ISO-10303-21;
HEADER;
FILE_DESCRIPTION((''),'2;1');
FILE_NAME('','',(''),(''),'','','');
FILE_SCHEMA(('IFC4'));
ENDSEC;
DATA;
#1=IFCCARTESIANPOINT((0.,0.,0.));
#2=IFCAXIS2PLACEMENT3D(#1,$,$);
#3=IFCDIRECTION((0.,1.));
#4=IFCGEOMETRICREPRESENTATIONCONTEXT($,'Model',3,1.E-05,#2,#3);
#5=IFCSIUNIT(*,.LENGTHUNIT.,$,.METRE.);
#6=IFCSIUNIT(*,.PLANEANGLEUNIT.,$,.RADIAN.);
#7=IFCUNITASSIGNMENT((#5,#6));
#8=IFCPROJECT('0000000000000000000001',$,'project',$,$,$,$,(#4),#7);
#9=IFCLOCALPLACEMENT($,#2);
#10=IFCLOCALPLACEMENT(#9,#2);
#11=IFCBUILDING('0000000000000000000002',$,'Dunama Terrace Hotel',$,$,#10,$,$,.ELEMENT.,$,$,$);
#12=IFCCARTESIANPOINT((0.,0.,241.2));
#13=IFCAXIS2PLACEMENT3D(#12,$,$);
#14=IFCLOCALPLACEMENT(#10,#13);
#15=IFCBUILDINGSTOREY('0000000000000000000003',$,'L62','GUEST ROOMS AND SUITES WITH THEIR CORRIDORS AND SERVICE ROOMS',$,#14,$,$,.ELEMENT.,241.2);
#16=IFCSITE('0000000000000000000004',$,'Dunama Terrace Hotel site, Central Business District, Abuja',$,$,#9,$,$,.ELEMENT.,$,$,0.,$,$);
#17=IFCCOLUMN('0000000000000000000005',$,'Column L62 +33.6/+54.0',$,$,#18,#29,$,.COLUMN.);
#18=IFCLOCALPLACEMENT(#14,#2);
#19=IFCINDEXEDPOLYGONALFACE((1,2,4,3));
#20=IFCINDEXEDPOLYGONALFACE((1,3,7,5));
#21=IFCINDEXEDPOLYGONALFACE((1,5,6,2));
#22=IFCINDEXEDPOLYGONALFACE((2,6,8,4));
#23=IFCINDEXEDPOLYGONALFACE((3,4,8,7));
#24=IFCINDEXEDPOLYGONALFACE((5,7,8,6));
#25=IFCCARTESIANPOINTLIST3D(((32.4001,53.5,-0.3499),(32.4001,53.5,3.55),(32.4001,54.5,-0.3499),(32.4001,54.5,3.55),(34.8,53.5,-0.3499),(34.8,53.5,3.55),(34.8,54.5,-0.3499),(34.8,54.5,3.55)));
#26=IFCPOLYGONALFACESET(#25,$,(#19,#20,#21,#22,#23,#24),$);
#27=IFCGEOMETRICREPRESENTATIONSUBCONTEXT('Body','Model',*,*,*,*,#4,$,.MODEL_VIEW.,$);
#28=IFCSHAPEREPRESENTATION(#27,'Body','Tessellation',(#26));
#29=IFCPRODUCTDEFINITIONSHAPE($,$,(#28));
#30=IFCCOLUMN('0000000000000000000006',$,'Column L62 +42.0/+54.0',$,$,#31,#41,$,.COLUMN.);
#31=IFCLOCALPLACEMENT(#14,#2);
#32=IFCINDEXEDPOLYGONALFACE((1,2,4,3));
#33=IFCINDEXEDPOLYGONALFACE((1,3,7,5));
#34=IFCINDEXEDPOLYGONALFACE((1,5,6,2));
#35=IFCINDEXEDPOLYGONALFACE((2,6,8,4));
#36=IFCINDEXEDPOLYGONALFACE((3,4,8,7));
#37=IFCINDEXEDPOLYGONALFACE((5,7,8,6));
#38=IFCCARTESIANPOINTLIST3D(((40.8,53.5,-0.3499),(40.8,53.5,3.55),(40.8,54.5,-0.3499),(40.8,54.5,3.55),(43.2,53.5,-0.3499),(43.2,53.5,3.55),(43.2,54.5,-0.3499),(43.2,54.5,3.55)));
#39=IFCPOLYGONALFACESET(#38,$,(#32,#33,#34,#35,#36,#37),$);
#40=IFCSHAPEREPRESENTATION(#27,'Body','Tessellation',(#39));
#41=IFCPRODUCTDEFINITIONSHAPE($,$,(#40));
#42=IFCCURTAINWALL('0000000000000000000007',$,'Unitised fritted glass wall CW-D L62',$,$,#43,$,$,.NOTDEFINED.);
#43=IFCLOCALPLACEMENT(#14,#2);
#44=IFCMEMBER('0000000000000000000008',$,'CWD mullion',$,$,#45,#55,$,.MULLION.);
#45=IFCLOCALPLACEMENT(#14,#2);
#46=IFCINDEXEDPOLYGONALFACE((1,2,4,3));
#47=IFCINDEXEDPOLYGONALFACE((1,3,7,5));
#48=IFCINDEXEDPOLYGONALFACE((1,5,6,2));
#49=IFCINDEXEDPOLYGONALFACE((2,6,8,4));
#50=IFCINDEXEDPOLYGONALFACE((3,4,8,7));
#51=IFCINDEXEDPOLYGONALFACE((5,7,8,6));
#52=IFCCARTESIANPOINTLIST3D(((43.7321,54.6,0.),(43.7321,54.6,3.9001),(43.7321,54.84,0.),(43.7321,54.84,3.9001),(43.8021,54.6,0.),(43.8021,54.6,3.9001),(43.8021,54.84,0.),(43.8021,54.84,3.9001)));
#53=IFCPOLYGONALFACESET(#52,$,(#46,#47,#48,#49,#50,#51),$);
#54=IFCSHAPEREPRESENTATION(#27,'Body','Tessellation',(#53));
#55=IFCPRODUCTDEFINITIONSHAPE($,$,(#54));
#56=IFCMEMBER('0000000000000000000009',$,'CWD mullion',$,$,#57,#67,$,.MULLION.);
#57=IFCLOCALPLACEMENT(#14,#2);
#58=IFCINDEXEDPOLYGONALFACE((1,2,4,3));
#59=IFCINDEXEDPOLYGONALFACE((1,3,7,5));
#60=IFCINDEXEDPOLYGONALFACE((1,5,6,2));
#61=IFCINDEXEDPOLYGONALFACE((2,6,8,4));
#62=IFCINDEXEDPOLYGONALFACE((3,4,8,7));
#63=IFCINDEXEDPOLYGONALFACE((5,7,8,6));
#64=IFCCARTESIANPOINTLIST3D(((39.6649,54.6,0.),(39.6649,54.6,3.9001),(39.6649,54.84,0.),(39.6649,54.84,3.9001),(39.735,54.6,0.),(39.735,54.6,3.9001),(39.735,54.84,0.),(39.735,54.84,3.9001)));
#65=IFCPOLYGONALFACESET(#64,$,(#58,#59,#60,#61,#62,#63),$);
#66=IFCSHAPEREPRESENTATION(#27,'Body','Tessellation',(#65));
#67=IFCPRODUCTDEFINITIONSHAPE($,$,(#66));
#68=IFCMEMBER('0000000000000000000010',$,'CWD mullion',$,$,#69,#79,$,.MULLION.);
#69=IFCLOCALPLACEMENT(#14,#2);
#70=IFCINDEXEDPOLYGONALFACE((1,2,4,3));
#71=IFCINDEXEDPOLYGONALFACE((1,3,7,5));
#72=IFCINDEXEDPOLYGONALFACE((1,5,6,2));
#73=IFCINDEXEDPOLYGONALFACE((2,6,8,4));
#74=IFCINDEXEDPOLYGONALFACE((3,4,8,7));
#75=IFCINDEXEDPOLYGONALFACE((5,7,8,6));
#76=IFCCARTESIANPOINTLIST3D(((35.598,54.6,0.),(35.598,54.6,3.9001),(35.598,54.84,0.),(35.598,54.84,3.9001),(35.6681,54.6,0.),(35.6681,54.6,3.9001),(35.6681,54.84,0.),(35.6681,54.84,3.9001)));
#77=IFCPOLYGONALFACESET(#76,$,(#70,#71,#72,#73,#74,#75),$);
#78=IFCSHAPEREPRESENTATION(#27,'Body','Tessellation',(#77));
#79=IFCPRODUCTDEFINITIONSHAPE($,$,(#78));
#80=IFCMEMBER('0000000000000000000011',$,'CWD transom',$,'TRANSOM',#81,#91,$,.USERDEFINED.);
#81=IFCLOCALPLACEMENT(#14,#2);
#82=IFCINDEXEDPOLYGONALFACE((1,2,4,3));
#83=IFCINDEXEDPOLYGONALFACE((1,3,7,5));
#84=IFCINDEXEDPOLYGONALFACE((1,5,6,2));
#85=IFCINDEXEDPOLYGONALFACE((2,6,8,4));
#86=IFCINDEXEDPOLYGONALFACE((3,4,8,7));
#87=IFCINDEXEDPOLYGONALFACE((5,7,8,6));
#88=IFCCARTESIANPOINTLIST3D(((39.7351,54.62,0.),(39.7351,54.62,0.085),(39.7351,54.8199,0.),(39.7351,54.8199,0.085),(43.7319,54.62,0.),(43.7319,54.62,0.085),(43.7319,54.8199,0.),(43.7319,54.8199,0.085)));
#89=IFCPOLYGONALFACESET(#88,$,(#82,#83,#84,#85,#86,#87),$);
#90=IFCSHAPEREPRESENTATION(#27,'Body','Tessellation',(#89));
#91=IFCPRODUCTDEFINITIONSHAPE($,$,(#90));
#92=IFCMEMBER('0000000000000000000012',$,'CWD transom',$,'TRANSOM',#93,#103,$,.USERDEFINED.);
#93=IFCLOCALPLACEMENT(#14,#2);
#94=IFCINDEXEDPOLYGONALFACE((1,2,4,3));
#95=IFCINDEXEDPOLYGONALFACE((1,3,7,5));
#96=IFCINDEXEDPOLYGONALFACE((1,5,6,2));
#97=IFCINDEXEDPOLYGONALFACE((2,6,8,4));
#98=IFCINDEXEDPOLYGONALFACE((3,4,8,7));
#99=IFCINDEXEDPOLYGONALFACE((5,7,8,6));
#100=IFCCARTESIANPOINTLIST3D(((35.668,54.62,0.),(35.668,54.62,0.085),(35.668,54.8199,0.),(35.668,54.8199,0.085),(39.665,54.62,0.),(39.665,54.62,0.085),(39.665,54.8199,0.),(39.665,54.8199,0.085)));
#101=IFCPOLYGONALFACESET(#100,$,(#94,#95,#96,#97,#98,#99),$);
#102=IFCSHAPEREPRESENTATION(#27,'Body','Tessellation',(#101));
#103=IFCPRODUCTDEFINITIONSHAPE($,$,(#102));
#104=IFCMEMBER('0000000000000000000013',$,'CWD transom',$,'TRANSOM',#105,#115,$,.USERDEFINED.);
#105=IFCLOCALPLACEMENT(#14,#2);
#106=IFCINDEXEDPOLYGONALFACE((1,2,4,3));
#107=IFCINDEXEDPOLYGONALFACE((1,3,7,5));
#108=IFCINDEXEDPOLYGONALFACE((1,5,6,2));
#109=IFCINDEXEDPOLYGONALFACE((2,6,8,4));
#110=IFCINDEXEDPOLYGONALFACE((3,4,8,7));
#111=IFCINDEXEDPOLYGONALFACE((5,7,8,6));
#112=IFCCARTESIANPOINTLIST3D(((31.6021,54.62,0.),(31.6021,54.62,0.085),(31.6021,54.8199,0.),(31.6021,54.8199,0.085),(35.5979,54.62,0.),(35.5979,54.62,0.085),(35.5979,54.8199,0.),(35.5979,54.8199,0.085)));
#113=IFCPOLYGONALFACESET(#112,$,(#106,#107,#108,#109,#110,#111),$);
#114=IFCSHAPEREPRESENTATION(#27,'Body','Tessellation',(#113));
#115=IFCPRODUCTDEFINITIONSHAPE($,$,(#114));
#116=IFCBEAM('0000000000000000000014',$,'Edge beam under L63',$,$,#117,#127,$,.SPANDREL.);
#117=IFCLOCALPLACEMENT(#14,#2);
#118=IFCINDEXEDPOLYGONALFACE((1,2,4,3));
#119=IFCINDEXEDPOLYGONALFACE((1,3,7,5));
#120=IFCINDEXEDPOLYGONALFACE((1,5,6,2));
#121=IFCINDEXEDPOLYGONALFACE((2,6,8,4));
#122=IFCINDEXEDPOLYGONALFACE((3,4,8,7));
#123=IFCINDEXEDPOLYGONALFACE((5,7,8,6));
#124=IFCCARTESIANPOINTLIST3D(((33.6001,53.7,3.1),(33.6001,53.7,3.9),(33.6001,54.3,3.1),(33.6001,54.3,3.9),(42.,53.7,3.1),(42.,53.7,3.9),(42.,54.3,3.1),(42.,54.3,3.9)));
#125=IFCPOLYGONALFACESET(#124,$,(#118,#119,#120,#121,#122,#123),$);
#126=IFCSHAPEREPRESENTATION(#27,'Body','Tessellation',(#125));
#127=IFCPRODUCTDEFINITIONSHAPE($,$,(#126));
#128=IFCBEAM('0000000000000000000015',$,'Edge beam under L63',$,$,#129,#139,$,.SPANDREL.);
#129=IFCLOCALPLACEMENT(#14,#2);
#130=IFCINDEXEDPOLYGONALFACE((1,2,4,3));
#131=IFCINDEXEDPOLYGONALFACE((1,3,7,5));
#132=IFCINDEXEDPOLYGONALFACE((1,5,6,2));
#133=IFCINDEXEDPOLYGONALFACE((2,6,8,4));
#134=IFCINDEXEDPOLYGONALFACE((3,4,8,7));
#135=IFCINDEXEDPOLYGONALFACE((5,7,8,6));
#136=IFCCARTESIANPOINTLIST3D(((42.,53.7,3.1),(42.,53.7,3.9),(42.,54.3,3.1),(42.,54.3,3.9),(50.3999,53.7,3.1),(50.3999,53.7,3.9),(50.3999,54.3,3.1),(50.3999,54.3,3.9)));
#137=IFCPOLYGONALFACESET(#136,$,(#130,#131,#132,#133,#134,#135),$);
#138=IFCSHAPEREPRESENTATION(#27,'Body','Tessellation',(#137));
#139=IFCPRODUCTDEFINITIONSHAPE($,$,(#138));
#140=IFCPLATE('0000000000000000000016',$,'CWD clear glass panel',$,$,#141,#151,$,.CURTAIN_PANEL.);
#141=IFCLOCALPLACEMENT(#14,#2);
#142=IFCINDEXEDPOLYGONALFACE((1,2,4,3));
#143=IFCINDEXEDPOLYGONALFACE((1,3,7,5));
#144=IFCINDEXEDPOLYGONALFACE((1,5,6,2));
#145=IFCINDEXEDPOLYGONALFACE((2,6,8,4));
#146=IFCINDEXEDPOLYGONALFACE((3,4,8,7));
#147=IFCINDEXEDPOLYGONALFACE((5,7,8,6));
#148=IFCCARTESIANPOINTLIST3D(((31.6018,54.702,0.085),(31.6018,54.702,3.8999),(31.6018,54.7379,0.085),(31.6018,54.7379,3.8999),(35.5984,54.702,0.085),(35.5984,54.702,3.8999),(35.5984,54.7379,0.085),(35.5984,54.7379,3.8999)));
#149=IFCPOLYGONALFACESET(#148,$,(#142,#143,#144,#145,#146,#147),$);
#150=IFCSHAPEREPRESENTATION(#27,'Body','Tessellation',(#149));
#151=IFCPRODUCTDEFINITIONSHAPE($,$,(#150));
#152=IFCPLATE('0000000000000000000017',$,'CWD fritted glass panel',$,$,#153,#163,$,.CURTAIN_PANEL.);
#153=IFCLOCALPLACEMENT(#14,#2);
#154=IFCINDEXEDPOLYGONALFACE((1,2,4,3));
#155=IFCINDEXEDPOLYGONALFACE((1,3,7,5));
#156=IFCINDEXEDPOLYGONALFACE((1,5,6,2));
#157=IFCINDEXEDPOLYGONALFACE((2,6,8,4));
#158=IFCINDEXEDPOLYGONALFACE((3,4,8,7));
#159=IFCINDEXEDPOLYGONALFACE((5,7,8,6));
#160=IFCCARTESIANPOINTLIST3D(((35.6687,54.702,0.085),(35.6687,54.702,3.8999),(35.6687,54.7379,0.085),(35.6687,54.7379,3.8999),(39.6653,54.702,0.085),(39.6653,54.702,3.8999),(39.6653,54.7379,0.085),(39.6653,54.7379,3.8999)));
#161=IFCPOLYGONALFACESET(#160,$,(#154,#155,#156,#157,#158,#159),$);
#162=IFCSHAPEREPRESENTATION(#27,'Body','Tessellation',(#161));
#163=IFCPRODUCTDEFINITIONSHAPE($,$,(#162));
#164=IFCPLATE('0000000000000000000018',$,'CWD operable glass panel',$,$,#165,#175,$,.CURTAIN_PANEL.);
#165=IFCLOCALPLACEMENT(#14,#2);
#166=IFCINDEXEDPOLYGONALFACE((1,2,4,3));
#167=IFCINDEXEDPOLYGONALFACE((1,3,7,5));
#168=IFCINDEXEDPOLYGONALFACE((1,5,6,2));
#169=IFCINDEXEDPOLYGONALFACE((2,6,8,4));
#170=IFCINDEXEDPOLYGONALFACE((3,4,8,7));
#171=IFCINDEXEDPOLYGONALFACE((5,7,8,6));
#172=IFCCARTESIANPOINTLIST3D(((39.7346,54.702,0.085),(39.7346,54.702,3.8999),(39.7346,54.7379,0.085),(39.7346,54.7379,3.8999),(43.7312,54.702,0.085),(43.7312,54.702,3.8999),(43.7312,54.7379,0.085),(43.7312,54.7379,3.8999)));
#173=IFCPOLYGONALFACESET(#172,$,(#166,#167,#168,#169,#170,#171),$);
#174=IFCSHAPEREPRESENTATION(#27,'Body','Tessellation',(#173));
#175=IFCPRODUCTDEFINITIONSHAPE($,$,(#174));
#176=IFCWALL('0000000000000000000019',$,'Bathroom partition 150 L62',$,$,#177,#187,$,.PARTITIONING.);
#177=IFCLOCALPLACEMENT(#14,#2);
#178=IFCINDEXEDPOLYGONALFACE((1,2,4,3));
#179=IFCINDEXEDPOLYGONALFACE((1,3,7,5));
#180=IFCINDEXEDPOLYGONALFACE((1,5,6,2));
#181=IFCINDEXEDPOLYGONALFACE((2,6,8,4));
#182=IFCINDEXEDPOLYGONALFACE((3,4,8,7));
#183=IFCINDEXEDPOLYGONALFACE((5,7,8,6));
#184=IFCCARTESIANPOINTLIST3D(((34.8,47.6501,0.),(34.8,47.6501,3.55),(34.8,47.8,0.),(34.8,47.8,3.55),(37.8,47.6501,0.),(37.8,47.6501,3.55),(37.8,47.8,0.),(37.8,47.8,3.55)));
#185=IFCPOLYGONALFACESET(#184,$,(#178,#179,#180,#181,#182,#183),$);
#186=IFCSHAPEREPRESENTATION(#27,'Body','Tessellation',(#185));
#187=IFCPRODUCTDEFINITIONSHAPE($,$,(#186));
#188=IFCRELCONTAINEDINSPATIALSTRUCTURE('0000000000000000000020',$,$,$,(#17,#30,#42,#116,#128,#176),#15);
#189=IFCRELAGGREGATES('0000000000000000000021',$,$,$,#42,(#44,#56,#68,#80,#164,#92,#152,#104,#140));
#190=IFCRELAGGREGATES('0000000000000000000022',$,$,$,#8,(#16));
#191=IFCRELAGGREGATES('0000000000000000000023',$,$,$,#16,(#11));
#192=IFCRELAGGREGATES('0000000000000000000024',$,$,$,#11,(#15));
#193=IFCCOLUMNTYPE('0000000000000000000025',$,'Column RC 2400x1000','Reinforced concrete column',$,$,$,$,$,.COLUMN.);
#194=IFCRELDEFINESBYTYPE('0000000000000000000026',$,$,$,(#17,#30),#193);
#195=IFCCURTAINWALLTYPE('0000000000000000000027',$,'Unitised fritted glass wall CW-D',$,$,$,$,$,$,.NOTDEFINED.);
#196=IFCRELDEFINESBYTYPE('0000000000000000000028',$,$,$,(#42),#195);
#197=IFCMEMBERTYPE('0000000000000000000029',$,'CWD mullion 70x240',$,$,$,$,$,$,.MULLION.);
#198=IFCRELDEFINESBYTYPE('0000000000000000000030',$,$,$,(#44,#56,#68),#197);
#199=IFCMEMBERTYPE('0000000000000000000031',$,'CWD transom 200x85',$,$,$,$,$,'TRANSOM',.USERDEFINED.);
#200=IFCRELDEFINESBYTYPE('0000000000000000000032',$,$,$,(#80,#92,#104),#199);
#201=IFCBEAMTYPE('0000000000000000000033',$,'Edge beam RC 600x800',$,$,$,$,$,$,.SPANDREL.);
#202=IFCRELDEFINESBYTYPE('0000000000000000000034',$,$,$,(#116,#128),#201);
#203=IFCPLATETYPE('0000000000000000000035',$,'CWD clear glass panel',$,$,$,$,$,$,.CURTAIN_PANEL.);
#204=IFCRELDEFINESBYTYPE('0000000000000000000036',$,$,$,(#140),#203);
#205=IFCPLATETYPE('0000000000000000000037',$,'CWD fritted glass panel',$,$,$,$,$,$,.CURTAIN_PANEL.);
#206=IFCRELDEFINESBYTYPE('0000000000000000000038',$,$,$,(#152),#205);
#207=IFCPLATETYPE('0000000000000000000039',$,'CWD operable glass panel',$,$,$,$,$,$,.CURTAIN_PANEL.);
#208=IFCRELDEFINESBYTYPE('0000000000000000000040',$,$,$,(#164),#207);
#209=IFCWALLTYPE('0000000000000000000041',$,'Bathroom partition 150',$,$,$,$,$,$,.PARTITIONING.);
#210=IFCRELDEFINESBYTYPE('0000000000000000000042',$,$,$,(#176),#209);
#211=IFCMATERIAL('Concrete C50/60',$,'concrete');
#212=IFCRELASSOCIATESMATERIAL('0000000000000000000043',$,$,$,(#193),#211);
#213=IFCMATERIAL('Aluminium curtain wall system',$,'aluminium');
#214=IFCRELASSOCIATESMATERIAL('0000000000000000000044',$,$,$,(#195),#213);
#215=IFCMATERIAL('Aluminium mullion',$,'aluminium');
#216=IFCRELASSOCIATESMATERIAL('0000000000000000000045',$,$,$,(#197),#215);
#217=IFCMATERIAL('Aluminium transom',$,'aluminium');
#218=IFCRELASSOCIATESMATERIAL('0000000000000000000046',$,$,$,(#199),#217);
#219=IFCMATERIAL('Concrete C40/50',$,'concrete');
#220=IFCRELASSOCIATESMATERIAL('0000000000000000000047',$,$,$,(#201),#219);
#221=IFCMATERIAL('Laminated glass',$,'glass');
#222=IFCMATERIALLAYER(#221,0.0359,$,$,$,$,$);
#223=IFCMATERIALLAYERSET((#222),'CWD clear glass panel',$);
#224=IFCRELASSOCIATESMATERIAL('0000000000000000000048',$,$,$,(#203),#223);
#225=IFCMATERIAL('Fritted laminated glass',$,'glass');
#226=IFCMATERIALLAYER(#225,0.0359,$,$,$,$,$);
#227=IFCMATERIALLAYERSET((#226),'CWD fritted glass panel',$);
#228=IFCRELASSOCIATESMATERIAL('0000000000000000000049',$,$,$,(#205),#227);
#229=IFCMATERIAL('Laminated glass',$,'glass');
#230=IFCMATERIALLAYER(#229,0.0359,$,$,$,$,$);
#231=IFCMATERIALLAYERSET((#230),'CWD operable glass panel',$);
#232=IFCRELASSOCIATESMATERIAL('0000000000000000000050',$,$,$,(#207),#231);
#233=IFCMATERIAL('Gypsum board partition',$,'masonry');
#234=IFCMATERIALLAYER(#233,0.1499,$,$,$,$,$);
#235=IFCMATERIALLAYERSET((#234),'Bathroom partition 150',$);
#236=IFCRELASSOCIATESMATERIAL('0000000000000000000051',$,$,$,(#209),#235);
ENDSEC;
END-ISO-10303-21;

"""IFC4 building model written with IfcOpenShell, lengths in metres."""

from ifc_helpers import new_model, si_unit, direction, frame, frame_2d, origin, origin_2d, place, context, subcontext, project, spatial, rectangle, extrude, material, layer, layer_set, material_profile, profile_set, type_object, element, aggregate, save


model = new_model("IFC4")

# Units and contexts
model_context = context("Model", 3, precision=1e-05, world=origin(), true_north=direction((0.0, 1.0)))
body_context = subcontext(model_context, "Body", "Model", "MODEL_VIEW")
ifc_project = project(units=[si_unit("LENGTHUNIT", "METRE"), si_unit("PLANEANGLEUNIT", "RADIAN")], contexts=[model_context])

# Site, building, storey
site_placement = place(None, origin())
site = spatial("IfcSite", under=ifc_project, at=site_placement, Name="Dunama Terrace Hotel site, Central Business District, Abuja", CompositionType="ELEMENT", RefElevation=0.0)
building_placement = place(site_placement, origin())
building = spatial("IfcBuilding", under=site, at=building_placement, Name="Dunama Terrace Hotel", CompositionType="ELEMENT")
storey_placement = place(building_placement, frame((0.0, 0.0, 241.2)))
storey = spatial("IfcBuildingStorey", under=building, at=storey_placement, Name="L62", Description="GUEST ROOMS AND SUITES WITH THEIR CORRIDORS AND SERVICE ROOMS", CompositionType="ELEMENT", Elevation=241.2)

# Columns
ifc_material_1 = material(Name="Concrete C50/60", Category="concrete")
ifc_material_profile_1 = material_profile(ifc_material_1, rectangle(XDim=2.3999, YDim=1.0, at=origin_2d()), Name="RC 2400x1000")
ifc_profile_set_1 = profile_set([ifc_material_profile_1], Name="Concrete C50/60")
column_type = type_object("IfcColumnType", Name="Column RC 2400x1000", Description="Reinforced concrete column", PredefinedType="COLUMN", material=ifc_profile_set_1)
for number, where, z_axis, x_axis, name in (
    (1, (33.6001, 54.0, -0.3499), (0.0, 0.0, 1.0), (1.0, 0.0, 0.0), "Column L62 +33.6/+54.0"),
    (2, (42.0, 54.0, -0.3499), (0.0, 0.0, 1.0), (1.0, 0.0, 0.0), "Column L62 +42.0/+54.0"),
):
    element("IfcColumn", number, at=place(storey_placement, frame(where, z_axis=z_axis, x_axis=x_axis)), inside=storey, type_object=column_type, Name=name, PredefinedType="COLUMN", context=body_context, shape_type="SweptSolid", body=[
        extrude(rectangle(XDim=2.3999, YDim=1.0, at=origin_2d()), origin(), (0.0, 0.0, 1.0), 3.8999),
    ])

# Curtain wall, members
ifc_material_2 = material(Name="Aluminium curtain wall system", Category="aluminium")
curtain_wall_type = type_object("IfcCurtainWallType", Name="Unitised fritted glass wall CW-D", PredefinedType="NOTDEFINED", material=ifc_material_2)
curtain_wall_placement = place(storey_placement, origin())
curtain_wall = element("IfcCurtainWall", 3, at=curtain_wall_placement, inside=storey, type_object=curtain_wall_type, Name="Unitised fritted glass wall CW-D L62", PredefinedType="NOTDEFINED")
ifc_material_3 = material(Name="Aluminium mullion", Category="aluminium")
ifc_material_profile_2 = material_profile(ifc_material_3, rectangle(XDim=0.0701, YDim=0.24, at=origin_2d()), Name="CWD MULLION 70X240")
ifc_profile_set_2 = profile_set([ifc_material_profile_2], Name="Aluminium mullion")
member_type_1 = type_object("IfcMemberType", Name="CWD mullion 70x240", PredefinedType="MULLION", material=ifc_profile_set_2)
member_1_placement = place(storey_placement, frame((43.7671, 54.72, 0.0), z_axis=(0.0, 0.0, 1.0), x_axis=(-1.0, 0.0, 0.0)))
member_1 = element("IfcMember", 4, at=member_1_placement, type_object=member_type_1, Name="CWD mullion", PredefinedType="MULLION", context=body_context, shape_type="SweptSolid", body=[
    extrude(rectangle(XDim=0.0701, YDim=0.24, at=origin_2d()), origin(), (0.0, 0.0, 1.0), 3.9001),
])
member_2_placement = place(storey_placement, frame((39.7, 54.72, 0.0), z_axis=(0.0, 0.0, 1.0), x_axis=(-1.0, 0.0, 0.0)))
member_2 = element("IfcMember", 5, at=member_2_placement, type_object=member_type_1, Name="CWD mullion", PredefinedType="MULLION", context=body_context, shape_type="SweptSolid", body=[
    extrude(rectangle(XDim=0.0701, YDim=0.24, at=origin_2d()), origin(), (0.0, 0.0, 1.0), 3.9001),
])
member_3_placement = place(storey_placement, frame((35.6331, 54.72, 0.0), z_axis=(0.0, 0.0, 1.0), x_axis=(-1.0, 0.0, 0.0)))
member_3 = element("IfcMember", 6, at=member_3_placement, type_object=member_type_1, Name="CWD mullion", PredefinedType="MULLION", context=body_context, shape_type="SweptSolid", body=[
    extrude(rectangle(XDim=0.0701, YDim=0.24, at=origin_2d()), origin(), (0.0, 0.0, 1.0), 3.9001),
])
ifc_material_4 = material(Name="Aluminium transom", Category="aluminium")
ifc_material_profile_3 = material_profile(ifc_material_4, rectangle(XDim=0.2, YDim=0.085, at=origin_2d()), Name="CWD TRANSOM 200X85")
ifc_profile_set_3 = profile_set([ifc_material_profile_3], Name="Aluminium transom")
member_type_2 = type_object("IfcMemberType", Name="CWD transom 200x85", ElementType="TRANSOM", PredefinedType="USERDEFINED", material=ifc_profile_set_3)
member_4_placement = place(storey_placement, frame((43.7319, 54.72, 0.0425), z_axis=(-1.0, 0.0, 0.0), x_axis=(0.0, -1.0, 0.0)))
member_4 = element("IfcMember", 7, at=member_4_placement, type_object=member_type_2, Name="CWD transom", ObjectType="TRANSOM", PredefinedType="USERDEFINED", context=body_context, shape_type="SweptSolid", body=[
    extrude(rectangle(XDim=0.2, YDim=0.085, at=origin_2d()), origin(), (0.0, 0.0, 1.0), 3.9968),
])
member_5_placement = place(storey_placement, frame((39.665, 54.72, 0.0425), z_axis=(-1.0, 0.0, 0.0), x_axis=(0.0, -1.0, 0.0)))
member_5 = element("IfcMember", 8, at=member_5_placement, type_object=member_type_2, Name="CWD transom", ObjectType="TRANSOM", PredefinedType="USERDEFINED", context=body_context, shape_type="SweptSolid", body=[
    extrude(rectangle(XDim=0.2, YDim=0.085, at=origin_2d()), origin(), (0.0, 0.0, 1.0), 3.9971),
])
member_6_placement = place(storey_placement, frame((35.5979, 54.72, 0.0425), z_axis=(-1.0, 0.0, 0.0), x_axis=(0.0, -1.0, 0.0)))
member_6 = element("IfcMember", 9, at=member_6_placement, type_object=member_type_2, Name="CWD transom", ObjectType="TRANSOM", PredefinedType="USERDEFINED", context=body_context, shape_type="SweptSolid", body=[
    extrude(rectangle(XDim=0.2, YDim=0.085, at=origin_2d()), origin(), (0.0, 0.0, 1.0), 3.9958),
])

# Beams
ifc_material_5 = material(Name="Concrete C40/50", Category="concrete")
ifc_material_profile_4 = material_profile(ifc_material_5, rectangle(XDim=0.6001, YDim=0.8, at=origin_2d()), Name="RC 600x800")
ifc_profile_set_4 = profile_set([ifc_material_profile_4], Name="Concrete C40/50")
beam_type = type_object("IfcBeamType", Name="Edge beam RC 600x800", PredefinedType="SPANDREL", material=ifc_profile_set_4)
for number, where, z_axis, x_axis, name in (
    (10, (33.6001, 54.0, 3.5), (1.0, 0.0, 0.0), (0.0, 1.0, 0.0), "Edge beam under L63"),
    (11, (42.0, 54.0, 3.5), (1.0, 0.0, 0.0), (0.0, 1.0, 0.0), "Edge beam under L63"),
):
    element("IfcBeam", number, at=place(storey_placement, frame(where, z_axis=z_axis, x_axis=x_axis)), inside=storey, type_object=beam_type, Name=name, PredefinedType="SPANDREL", context=body_context, shape_type="SweptSolid", body=[
        extrude(rectangle(XDim=0.6001, YDim=0.8, at=origin_2d()), origin(), (0.0, 0.0, 1.0), 8.3999),
    ])

# Plates
ifc_material_6 = material(Name="Laminated glass", Category="glass")
ifc_layer_1 = layer(ifc_material_6, 0.0359)
ifc_layer_set_1 = layer_set([ifc_layer_1], Name="CWD clear glass panel")
plate_type_1 = type_object("IfcPlateType", Name="CWD clear glass panel", PredefinedType="CURTAIN_PANEL", material=ifc_layer_set_1)
plate_1_placement = place(storey_placement, frame((33.6001, 54.72, 0.085), z_axis=(0.0, 0.0, 1.0), x_axis=(-1.0, 0.0, 0.0)))
plate_1 = element("IfcPlate", 12, at=plate_1_placement, type_object=plate_type_1, Name="CWD clear glass panel", PredefinedType="CURTAIN_PANEL", context=body_context, shape_type="SweptSolid", body=[
    extrude(rectangle(XDim=3.9966, YDim=0.0359, at=origin_2d()), origin(), (0.0, 0.0, 1.0), 3.8149),
])
ifc_material_7 = material(Name="Fritted laminated glass", Category="glass")
ifc_layer_2 = layer(ifc_material_7, 0.0359)
ifc_layer_set_2 = layer_set([ifc_layer_2], Name="CWD fritted glass panel")
plate_type_2 = type_object("IfcPlateType", Name="CWD fritted glass panel", PredefinedType="CURTAIN_PANEL", material=ifc_layer_set_2)
plate_2_placement = place(storey_placement, frame((37.667, 54.72, 0.085), z_axis=(0.0, 0.0, 1.0), x_axis=(-1.0, 0.0, 0.0)))
plate_2 = element("IfcPlate", 13, at=plate_2_placement, type_object=plate_type_2, Name="CWD fritted glass panel", PredefinedType="CURTAIN_PANEL", context=body_context, shape_type="SweptSolid", body=[
    extrude(rectangle(XDim=3.9966, YDim=0.0359, at=origin_2d()), origin(), (0.0, 0.0, 1.0), 3.8149),
])
ifc_material_8 = material(Name="Laminated glass", Category="glass")
ifc_layer_3 = layer(ifc_material_8, 0.0359)
ifc_layer_set_3 = layer_set([ifc_layer_3], Name="CWD operable glass panel")
plate_type_3 = type_object("IfcPlateType", Name="CWD operable glass panel", PredefinedType="CURTAIN_PANEL", material=ifc_layer_set_3)
plate_3_placement = place(storey_placement, frame((41.7329, 54.72, 0.085), z_axis=(0.0, 0.0, 1.0), x_axis=(-1.0, 0.0, 0.0)))
plate_3 = element("IfcPlate", 14, at=plate_3_placement, type_object=plate_type_3, Name="CWD operable glass panel", PredefinedType="CURTAIN_PANEL", context=body_context, shape_type="SweptSolid", body=[
    extrude(rectangle(XDim=3.9966, YDim=0.0359, at=origin_2d()), origin(), (0.0, 0.0, 1.0), 3.8149),
])
aggregate(curtain_wall, [member_1, member_2, member_3, member_4, plate_3, member_5, plate_2, member_6, plate_1])

# Wall
ifc_material_9 = material(Name="Gypsum board partition", Category="masonry")
ifc_layer_4 = layer(ifc_material_9, 0.1499)
ifc_layer_set_4 = layer_set([ifc_layer_4], Name="Bathroom partition 150")
wall_type_1 = type_object("IfcWallType", Name="Bathroom partition 150", PredefinedType="PARTITIONING", material=ifc_layer_set_4)
wall_1_placement = place(storey_placement, frame((34.8, 47.7251, 0.0), z_axis=(0.0, 0.0, 1.0), x_axis=(1.0, 0.0, 0.0)))
element("IfcWall", 15, at=wall_1_placement, inside=storey, type_object=wall_type_1, Name="Bathroom partition 150 L62", PredefinedType="PARTITIONING", context=body_context, shape_type="SweptSolid", body=[
    extrude(rectangle(XDim=3.0, YDim=0.1499, at=frame_2d((1.5, 0.0))), origin(), (0.0, 0.0, 1.0), 3.55),
])

save(model, "model.ifc")
